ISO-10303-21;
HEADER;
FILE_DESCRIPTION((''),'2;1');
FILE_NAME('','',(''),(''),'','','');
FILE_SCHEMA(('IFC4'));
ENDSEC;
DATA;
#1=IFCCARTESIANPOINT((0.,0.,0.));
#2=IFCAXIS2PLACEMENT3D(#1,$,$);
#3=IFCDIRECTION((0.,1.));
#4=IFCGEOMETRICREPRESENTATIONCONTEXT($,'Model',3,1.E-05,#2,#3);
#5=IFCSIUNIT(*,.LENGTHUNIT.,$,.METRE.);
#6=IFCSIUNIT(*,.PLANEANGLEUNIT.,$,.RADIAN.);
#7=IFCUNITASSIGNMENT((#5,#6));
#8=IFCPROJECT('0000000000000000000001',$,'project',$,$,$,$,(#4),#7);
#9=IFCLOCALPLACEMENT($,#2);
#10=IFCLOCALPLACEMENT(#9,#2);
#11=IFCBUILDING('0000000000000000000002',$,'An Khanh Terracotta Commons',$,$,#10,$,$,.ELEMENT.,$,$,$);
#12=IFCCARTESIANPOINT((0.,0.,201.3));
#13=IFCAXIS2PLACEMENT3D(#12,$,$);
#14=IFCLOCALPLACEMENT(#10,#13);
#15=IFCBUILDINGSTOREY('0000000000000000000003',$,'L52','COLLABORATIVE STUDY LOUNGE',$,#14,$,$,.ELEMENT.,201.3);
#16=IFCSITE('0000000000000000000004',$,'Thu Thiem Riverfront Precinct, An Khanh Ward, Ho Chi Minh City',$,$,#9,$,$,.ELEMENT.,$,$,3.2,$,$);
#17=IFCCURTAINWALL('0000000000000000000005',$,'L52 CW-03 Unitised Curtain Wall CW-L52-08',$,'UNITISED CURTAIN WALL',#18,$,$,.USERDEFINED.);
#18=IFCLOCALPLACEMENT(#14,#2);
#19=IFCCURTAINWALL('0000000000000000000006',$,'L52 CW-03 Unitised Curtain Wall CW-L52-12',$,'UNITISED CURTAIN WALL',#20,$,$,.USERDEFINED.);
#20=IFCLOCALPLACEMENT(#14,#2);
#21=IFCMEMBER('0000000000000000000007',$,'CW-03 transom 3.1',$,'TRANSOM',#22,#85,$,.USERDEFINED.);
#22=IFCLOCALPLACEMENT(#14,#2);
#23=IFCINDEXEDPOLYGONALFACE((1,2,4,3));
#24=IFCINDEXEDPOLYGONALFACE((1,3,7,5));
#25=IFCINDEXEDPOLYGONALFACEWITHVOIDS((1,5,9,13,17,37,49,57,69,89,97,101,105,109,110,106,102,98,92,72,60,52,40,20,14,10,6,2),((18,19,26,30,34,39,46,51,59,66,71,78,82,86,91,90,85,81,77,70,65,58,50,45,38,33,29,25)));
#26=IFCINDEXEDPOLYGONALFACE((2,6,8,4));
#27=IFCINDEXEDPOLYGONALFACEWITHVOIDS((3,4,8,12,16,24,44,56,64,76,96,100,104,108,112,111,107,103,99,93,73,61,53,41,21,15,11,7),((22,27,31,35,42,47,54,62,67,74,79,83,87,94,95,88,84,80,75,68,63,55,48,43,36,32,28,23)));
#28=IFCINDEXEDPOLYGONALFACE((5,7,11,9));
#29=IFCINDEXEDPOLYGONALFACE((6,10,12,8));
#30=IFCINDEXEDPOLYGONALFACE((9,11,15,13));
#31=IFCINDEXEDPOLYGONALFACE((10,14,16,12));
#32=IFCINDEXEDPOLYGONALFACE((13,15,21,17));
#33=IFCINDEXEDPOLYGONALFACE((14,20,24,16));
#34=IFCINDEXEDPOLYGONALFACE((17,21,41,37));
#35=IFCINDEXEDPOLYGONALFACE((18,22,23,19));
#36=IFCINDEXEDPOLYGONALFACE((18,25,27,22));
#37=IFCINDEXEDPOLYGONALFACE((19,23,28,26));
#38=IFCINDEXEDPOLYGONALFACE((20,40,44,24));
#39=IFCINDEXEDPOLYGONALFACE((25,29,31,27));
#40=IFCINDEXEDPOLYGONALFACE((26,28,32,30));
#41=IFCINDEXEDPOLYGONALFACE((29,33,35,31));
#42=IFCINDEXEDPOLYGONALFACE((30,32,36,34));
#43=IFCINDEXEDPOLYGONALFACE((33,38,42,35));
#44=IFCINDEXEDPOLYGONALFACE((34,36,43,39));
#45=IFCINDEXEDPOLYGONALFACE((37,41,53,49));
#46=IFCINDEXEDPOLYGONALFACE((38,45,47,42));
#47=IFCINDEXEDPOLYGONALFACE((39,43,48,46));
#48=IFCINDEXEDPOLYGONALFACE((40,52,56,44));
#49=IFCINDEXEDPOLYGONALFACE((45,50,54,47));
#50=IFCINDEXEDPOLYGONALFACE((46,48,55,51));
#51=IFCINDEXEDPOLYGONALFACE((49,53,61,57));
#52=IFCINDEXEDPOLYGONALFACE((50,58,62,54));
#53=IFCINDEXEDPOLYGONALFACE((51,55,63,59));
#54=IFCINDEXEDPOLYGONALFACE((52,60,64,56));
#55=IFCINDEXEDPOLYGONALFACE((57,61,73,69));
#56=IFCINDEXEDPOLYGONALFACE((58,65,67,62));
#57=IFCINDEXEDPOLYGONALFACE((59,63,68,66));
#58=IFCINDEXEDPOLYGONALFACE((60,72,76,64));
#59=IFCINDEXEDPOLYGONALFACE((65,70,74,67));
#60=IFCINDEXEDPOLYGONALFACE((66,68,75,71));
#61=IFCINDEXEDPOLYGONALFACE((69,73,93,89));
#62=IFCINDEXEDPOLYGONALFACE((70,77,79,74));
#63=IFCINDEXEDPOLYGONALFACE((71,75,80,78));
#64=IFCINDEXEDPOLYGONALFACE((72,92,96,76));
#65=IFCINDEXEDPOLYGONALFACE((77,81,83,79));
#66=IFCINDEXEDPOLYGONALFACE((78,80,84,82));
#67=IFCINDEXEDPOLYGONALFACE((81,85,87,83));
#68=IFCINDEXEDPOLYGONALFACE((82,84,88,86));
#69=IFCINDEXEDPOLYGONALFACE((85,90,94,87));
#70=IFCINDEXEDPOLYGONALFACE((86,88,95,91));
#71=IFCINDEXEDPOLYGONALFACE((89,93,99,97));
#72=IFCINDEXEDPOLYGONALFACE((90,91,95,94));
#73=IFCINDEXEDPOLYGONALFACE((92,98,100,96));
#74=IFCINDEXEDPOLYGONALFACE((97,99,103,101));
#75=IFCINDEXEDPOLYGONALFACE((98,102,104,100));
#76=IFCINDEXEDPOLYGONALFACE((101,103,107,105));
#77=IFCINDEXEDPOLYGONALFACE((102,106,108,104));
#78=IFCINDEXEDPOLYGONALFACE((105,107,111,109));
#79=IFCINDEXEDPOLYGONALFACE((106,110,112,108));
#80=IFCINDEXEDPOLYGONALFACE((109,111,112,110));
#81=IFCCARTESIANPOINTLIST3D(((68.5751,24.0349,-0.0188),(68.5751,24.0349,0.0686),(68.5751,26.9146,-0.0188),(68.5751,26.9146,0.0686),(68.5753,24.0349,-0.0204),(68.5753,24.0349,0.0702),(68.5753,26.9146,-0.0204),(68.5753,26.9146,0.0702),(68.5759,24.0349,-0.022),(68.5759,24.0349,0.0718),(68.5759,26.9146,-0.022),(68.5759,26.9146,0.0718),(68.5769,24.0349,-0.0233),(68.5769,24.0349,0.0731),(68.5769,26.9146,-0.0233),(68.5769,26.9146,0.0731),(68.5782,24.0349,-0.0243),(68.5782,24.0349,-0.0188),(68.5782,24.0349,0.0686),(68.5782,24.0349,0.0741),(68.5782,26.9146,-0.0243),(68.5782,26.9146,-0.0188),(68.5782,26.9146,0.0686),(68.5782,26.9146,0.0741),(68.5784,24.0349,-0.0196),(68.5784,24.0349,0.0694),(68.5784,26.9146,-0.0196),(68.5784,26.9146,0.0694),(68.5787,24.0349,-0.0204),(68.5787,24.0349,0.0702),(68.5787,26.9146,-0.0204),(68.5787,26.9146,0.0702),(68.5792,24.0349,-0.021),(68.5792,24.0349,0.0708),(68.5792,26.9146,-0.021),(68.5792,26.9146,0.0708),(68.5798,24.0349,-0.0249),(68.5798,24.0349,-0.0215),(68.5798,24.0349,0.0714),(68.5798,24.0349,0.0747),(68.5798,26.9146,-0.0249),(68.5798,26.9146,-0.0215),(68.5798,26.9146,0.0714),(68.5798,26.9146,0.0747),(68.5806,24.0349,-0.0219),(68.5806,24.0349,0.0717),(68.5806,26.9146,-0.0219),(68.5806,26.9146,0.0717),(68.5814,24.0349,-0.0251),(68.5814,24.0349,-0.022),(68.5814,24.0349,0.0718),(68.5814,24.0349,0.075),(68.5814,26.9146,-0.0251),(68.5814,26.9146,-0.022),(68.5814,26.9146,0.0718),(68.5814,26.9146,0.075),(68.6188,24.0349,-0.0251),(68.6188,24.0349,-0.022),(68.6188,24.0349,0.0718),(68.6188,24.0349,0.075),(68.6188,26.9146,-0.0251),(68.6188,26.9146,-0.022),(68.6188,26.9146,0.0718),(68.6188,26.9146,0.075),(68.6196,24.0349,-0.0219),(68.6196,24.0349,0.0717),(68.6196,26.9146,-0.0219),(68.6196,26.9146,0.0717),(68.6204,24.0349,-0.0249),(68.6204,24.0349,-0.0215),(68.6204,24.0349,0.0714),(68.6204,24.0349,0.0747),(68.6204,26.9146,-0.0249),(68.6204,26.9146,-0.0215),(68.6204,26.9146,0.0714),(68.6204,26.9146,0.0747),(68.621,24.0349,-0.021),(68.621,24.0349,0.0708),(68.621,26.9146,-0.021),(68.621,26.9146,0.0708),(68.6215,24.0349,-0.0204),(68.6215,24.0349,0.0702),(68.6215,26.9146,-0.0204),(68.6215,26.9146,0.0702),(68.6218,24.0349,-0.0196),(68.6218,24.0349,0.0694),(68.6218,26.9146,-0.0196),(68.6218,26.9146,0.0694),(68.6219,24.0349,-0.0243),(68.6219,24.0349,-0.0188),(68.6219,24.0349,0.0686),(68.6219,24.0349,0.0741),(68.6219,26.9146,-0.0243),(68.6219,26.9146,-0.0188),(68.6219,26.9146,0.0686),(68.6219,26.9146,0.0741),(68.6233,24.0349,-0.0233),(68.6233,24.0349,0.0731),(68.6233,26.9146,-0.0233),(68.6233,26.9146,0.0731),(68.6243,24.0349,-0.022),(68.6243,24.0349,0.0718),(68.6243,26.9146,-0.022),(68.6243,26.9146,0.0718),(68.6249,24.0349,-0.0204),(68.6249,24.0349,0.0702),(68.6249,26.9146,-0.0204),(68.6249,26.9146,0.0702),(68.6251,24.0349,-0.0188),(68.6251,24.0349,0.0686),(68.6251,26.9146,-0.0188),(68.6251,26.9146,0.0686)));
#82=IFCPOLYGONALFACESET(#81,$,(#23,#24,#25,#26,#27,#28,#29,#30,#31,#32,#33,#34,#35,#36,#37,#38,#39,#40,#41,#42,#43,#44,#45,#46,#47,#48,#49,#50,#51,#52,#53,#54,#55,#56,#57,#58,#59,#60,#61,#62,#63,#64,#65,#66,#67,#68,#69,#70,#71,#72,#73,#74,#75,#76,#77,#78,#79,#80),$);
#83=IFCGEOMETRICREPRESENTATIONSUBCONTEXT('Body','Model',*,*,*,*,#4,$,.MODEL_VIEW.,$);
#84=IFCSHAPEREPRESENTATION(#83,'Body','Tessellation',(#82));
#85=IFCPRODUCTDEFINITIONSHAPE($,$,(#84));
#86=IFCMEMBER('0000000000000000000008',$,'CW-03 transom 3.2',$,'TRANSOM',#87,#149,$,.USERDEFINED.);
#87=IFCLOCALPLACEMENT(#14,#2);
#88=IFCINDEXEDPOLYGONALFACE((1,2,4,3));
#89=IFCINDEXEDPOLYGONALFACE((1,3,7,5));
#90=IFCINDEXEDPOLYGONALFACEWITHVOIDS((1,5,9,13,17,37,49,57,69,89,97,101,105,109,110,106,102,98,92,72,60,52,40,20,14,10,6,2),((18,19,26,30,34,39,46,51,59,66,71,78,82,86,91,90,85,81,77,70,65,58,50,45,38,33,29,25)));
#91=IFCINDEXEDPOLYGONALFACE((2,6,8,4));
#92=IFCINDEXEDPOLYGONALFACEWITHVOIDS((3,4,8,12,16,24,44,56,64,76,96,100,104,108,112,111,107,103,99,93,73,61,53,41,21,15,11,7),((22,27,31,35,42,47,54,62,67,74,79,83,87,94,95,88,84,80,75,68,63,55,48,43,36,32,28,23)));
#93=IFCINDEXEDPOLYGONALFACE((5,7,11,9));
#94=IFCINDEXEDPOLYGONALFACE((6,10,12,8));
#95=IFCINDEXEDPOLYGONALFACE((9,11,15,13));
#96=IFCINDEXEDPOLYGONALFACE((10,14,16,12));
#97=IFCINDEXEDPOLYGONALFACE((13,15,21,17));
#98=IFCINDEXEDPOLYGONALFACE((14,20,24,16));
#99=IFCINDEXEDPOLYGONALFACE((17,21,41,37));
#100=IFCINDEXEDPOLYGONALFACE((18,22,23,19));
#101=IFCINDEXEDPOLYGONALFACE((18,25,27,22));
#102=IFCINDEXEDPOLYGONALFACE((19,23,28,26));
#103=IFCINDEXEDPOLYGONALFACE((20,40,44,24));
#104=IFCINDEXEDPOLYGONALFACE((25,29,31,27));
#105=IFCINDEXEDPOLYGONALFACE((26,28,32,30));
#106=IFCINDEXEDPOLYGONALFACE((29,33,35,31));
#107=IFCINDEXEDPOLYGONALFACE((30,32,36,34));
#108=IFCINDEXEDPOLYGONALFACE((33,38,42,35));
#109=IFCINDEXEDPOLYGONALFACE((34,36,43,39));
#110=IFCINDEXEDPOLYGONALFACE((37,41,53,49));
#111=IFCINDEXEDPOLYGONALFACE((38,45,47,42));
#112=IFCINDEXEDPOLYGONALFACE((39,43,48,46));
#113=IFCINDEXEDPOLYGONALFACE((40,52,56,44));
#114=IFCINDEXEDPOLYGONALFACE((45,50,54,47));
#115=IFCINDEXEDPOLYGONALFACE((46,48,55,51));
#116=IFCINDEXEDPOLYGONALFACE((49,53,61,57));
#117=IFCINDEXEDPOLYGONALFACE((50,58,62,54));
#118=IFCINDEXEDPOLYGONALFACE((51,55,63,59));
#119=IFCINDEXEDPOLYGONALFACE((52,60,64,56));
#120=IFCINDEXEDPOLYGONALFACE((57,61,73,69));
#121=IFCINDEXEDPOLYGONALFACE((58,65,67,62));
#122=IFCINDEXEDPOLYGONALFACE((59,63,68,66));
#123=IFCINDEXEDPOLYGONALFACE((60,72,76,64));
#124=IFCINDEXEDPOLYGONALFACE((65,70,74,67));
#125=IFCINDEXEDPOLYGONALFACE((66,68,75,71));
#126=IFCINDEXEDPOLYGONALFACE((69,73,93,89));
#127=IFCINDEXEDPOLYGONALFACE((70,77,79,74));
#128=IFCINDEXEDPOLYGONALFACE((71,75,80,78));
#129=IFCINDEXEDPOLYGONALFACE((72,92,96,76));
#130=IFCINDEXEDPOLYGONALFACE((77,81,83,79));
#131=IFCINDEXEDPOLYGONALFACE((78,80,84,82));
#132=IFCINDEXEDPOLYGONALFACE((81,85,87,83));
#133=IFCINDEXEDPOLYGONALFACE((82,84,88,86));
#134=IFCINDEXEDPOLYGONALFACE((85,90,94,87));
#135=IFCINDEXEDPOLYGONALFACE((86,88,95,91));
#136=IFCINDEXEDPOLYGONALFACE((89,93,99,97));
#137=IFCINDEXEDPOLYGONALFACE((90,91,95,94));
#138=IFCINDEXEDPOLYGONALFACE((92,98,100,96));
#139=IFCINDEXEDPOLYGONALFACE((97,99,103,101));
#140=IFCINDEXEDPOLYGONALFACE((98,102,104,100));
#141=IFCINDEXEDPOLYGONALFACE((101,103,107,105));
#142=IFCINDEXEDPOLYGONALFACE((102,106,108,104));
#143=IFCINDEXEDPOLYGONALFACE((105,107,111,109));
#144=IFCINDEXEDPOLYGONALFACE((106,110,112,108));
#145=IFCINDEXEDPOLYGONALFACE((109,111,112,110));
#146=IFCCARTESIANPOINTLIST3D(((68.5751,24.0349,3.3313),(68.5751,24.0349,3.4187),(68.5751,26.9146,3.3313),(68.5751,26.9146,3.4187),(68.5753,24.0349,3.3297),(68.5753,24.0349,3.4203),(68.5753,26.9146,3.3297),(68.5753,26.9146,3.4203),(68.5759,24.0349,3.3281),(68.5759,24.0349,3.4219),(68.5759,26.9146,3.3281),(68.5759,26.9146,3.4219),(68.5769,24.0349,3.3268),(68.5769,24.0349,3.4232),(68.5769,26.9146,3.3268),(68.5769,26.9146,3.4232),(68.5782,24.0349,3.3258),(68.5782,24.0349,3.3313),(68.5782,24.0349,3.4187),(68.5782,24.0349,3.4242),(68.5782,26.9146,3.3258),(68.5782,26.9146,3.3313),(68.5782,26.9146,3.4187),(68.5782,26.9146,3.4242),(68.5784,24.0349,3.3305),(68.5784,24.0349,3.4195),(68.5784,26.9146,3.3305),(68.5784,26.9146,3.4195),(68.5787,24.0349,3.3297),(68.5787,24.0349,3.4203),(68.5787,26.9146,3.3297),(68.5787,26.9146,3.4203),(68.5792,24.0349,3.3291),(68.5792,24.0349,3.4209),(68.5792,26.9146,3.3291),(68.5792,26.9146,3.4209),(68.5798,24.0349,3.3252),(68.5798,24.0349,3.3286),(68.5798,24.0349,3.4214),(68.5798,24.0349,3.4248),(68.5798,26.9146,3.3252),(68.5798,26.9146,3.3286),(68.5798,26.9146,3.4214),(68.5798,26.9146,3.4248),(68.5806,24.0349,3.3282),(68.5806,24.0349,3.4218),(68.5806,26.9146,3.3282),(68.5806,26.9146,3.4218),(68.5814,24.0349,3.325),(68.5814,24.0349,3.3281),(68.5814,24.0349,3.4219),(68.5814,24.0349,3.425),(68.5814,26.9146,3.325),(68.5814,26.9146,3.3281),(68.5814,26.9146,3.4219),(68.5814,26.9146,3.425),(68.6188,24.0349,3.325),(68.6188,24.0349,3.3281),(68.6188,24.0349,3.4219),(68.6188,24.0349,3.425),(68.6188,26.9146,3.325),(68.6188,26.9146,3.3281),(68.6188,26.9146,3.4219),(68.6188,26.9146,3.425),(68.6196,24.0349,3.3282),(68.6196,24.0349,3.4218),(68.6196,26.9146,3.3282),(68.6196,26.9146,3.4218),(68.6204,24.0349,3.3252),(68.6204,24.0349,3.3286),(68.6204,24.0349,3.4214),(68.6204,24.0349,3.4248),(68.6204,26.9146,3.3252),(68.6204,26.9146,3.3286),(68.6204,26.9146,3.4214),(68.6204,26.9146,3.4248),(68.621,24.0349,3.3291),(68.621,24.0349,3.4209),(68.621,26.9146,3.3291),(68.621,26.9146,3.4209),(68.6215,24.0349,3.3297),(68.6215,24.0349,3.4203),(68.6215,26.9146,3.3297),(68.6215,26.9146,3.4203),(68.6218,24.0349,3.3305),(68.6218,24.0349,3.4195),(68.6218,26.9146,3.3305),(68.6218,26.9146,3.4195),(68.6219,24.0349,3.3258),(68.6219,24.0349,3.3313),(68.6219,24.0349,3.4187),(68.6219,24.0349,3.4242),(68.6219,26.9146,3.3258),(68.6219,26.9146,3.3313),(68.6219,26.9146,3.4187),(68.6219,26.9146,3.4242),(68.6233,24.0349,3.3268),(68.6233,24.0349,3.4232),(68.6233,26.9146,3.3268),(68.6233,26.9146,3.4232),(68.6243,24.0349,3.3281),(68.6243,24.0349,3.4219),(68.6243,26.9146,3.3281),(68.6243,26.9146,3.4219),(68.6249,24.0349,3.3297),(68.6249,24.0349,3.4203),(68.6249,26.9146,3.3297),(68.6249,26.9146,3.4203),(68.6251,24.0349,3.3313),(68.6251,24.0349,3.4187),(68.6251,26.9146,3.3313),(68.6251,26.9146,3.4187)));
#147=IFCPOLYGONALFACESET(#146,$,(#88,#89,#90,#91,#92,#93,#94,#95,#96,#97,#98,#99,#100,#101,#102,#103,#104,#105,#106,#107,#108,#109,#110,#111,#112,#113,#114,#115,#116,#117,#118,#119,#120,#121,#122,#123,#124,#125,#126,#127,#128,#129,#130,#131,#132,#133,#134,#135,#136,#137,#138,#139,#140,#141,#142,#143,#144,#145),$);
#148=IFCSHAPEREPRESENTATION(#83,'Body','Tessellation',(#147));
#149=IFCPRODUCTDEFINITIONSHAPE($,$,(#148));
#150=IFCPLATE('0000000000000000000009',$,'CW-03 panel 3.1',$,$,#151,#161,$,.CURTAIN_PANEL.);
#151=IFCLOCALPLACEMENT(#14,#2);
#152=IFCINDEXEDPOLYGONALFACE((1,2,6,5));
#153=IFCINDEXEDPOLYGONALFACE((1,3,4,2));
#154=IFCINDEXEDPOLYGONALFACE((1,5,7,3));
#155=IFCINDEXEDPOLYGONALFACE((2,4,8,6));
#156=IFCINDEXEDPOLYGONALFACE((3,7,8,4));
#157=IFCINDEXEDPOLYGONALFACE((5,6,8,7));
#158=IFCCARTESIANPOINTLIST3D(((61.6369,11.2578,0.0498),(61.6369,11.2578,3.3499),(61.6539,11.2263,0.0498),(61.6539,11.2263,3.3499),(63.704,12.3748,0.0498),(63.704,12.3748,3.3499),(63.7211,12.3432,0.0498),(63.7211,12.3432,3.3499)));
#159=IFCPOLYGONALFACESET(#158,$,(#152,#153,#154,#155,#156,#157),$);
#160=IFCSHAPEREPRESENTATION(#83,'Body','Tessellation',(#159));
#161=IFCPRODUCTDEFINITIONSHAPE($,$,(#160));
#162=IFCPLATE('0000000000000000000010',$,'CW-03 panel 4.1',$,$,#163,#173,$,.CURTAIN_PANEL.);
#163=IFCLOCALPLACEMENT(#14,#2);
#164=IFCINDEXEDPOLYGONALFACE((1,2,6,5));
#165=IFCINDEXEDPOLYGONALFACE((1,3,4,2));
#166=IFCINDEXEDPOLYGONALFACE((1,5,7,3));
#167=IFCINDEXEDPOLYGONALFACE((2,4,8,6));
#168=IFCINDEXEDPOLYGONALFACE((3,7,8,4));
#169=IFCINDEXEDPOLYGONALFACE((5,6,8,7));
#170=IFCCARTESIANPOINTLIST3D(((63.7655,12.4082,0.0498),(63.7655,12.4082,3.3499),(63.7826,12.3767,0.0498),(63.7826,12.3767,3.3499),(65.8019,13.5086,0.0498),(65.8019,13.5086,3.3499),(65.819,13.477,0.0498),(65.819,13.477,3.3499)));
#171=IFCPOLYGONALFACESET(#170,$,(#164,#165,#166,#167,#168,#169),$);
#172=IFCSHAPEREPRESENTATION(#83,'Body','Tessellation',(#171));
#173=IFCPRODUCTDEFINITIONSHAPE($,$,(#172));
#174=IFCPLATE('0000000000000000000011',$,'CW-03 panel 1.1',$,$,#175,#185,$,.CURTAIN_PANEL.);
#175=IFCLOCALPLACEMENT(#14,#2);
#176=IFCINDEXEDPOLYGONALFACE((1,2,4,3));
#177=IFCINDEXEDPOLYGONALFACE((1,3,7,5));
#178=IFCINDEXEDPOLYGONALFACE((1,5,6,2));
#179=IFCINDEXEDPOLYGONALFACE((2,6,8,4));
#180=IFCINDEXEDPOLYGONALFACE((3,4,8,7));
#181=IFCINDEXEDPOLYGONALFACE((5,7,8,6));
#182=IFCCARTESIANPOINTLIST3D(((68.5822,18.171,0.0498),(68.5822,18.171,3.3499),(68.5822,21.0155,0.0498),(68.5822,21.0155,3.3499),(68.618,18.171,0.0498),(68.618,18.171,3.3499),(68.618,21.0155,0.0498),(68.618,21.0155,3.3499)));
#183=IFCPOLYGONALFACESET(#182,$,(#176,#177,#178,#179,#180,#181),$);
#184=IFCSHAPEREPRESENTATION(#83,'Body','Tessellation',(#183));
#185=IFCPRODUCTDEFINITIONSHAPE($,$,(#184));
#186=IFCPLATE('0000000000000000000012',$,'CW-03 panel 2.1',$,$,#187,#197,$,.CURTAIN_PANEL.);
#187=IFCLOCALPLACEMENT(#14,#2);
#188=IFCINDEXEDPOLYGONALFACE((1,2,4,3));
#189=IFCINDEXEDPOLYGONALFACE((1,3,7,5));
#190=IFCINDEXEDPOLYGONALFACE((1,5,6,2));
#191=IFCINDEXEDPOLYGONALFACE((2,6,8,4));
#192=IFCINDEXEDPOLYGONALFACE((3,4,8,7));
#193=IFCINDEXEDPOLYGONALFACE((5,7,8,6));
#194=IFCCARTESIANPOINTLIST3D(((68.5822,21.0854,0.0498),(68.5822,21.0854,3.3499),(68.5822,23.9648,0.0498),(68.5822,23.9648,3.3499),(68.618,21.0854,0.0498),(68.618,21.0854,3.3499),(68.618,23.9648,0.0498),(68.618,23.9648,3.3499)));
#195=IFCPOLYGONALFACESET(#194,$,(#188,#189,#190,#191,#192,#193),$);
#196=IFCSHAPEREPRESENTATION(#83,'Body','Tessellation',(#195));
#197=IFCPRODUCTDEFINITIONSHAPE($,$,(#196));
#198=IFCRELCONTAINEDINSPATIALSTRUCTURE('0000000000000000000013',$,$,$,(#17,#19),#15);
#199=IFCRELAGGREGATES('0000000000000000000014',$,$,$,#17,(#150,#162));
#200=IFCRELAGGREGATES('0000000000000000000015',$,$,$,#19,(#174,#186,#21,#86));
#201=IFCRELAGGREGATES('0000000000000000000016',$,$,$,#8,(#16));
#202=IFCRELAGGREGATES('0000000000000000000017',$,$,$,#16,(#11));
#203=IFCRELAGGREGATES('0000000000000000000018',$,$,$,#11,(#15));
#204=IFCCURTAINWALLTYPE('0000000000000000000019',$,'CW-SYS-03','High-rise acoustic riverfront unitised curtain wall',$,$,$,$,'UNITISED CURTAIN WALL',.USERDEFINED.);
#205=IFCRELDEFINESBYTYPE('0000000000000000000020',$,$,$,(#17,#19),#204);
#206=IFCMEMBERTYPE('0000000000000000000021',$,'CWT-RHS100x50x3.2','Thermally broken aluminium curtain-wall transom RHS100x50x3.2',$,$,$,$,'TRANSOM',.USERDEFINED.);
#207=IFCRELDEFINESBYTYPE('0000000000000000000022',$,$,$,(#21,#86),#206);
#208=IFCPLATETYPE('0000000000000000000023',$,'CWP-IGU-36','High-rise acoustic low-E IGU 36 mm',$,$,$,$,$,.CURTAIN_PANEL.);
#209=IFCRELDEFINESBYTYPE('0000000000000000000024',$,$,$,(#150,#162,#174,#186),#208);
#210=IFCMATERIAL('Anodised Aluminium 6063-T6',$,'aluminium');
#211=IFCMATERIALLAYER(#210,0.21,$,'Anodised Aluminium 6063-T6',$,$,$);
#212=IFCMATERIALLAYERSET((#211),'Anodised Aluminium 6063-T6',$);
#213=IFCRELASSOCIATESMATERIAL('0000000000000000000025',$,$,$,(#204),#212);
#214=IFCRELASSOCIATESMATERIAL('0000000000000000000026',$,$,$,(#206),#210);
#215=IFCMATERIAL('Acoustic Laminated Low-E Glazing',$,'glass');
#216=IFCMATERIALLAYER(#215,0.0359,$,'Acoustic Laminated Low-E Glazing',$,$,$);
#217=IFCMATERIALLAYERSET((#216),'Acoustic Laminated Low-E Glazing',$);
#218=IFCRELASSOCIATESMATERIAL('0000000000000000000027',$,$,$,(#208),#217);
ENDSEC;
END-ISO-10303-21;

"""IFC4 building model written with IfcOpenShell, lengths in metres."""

from ifc_helpers import new_model, si_unit, direction, frame, origin, origin_2d, place, context, subcontext, project, spatial, rectangle, hollow_rectangle, extrude, material, layer, layer_set, material_profile, profile_set, type_object, element, aggregate, save


model = new_model("IFC4")

# Units and contexts
model_context = context("Model", 3, precision=1e-05, world=origin(), true_north=direction((0.0, 1.0)))
body_context = subcontext(model_context, "Body", "Model", "MODEL_VIEW")
ifc_project = project(units=[si_unit("LENGTHUNIT", "METRE"), si_unit("PLANEANGLEUNIT", "RADIAN")], contexts=[model_context])

# Site, building, storey
site_placement = place(None, origin())
site = spatial("IfcSite", under=ifc_project, at=site_placement, Name="Thu Thiem Riverfront Precinct, An Khanh Ward, Ho Chi Minh City", CompositionType="ELEMENT", RefElevation=3.2)
building_placement = place(site_placement, origin())
building = spatial("IfcBuilding", under=site, at=building_placement, Name="An Khanh Terracotta Commons", CompositionType="ELEMENT")
storey_placement = place(building_placement, frame((0.0, 0.0, 201.3)))
storey = spatial("IfcBuildingStorey", under=building, at=storey_placement, Name="L52", Description="COLLABORATIVE STUDY LOUNGE", CompositionType="ELEMENT", Elevation=201.3)

# Curtain walls
ifc_material_1 = material(Name="Anodised Aluminium 6063-T6", Category="aluminium")
ifc_layer_1 = layer(ifc_material_1, 0.21, Name="Anodised Aluminium 6063-T6")
ifc_layer_set_1 = layer_set([ifc_layer_1], Name="Anodised Aluminium 6063-T6")
curtain_wall_type = type_object("IfcCurtainWallType", Name="CW-SYS-03", Description="High-rise acoustic riverfront unitised curtain wall", ElementType="UNITISED CURTAIN WALL", PredefinedType="USERDEFINED", material=ifc_layer_set_1)
curtain_wall_1_placement = place(storey_placement, origin())
curtain_wall_1 = element("IfcCurtainWall", 1, at=curtain_wall_1_placement, inside=storey, type_object=curtain_wall_type, Name="L52 CW-03 Unitised Curtain Wall CW-L52-08", ObjectType="UNITISED CURTAIN WALL", PredefinedType="USERDEFINED")
curtain_wall_2_placement = place(storey_placement, origin())
curtain_wall_2 = element("IfcCurtainWall", 2, at=curtain_wall_2_placement, inside=storey, type_object=curtain_wall_type, Name="L52 CW-03 Unitised Curtain Wall CW-L52-12", ObjectType="UNITISED CURTAIN WALL", PredefinedType="USERDEFINED")

# Members
ifc_material_profile_1 = material_profile(ifc_material_1, hollow_rectangle(XDim=0.05, YDim=0.1001, WallThickness=0.0032, InnerFilletRadius=0.0032, OuterFilletRadius=0.0063, at=origin_2d()), Name="RHS100x50x3.2")
ifc_profile_set_1 = profile_set([ifc_material_profile_1], Name="Anodised Aluminium 6063-T6")
member_type_1 = type_object("IfcMemberType", Name="CWT-RHS100x50x3.2", Description="Thermally broken aluminium curtain-wall transom RHS100x50x3.2", ElementType="TRANSOM", PredefinedType="USERDEFINED", material=ifc_profile_set_1)
member_1_placement = place(storey_placement, frame((68.6001, 24.0349, 0.0249), z_axis=(0.0, 1.0, 0.0), x_axis=(-1.0, 0.0, 0.0)))
member_1 = element("IfcMember", 3, at=member_1_placement, type_object=member_type_1, Name="CW-03 transom 3.1", ObjectType="TRANSOM", PredefinedType="USERDEFINED", context=body_context, shape_type="SweptSolid", body=[
    extrude(hollow_rectangle(XDim=0.05, YDim=0.1001, WallThickness=0.0032, InnerFilletRadius=0.0032, OuterFilletRadius=0.0063, at=origin_2d()), origin(), (0.0, 0.0, 1.0), 2.8796),
])
member_2_placement = place(storey_placement, frame((68.6001, 24.0349, 3.375), z_axis=(0.0, 1.0, 0.0), x_axis=(-1.0, 0.0, 0.0)))
member_2 = element("IfcMember", 4, at=member_2_placement, type_object=member_type_1, Name="CW-03 transom 3.2", ObjectType="TRANSOM", PredefinedType="USERDEFINED", context=body_context, shape_type="SweptSolid", body=[
    extrude(hollow_rectangle(XDim=0.05, YDim=0.1001, WallThickness=0.0032, InnerFilletRadius=0.0032, OuterFilletRadius=0.0063, at=origin_2d()), origin(), (0.0, 0.0, 1.0), 2.8796),
])

# Plates
ifc_material_2 = material(Name="Acoustic Laminated Low-E Glazing", Category="glass")
ifc_layer_2 = layer(ifc_material_2, 0.0359, Name="Acoustic Laminated Low-E Glazing")
ifc_layer_set_2 = layer_set([ifc_layer_2], Name="Acoustic Laminated Low-E Glazing")
plate_type = type_object("IfcPlateType", Name="CWP-IGU-36", Description="High-rise acoustic low-E IGU 36 mm", PredefinedType="CURTAIN_PANEL", material=ifc_layer_set_2)
plate_1_placement = place(storey_placement, frame((62.679, 11.8005, 0.0498), z_axis=(0.0, 0.0, 1.0), x_axis=(0.87978, 0.475381, 0.0)))
plate_1 = element("IfcPlate", 5, at=plate_1_placement, type_object=plate_type, Name="CW-03 panel 3.1", PredefinedType="CURTAIN_PANEL", context=body_context, shape_type="SweptSolid", body=[
    extrude(rectangle(XDim=2.3496, YDim=0.0359, at=origin_2d()), origin(), (0.0, 0.0, 1.0), 3.3),
])
plate_2_placement = place(storey_placement, frame((64.7922, 12.9426, 0.0498), z_axis=(0.0, 0.0, 1.0), x_axis=(0.87978, 0.475381, 0.0)))
plate_2 = element("IfcPlate", 6, at=plate_2_placement, type_object=plate_type, Name="CW-03 panel 4.1", PredefinedType="CURTAIN_PANEL", context=body_context, shape_type="SweptSolid", body=[
    extrude(rectangle(XDim=2.3147, YDim=0.0359, at=origin_2d()), origin(), (0.0, 0.0, 1.0), 3.3),
])
aggregate(curtain_wall_1, [plate_1, plate_2])
plate_3_placement = place(storey_placement, frame((68.6001, 19.5933, 0.0498), z_axis=(0.0, 0.0, 1.0), x_axis=(0.0, 1.0, 0.0)))
plate_3 = element("IfcPlate", 7, at=plate_3_placement, type_object=plate_type, Name="CW-03 panel 1.1", PredefinedType="CURTAIN_PANEL", context=body_context, shape_type="SweptSolid", body=[
    extrude(rectangle(XDim=2.8445, YDim=0.0359, at=origin_2d()), origin(), (0.0, 0.0, 1.0), 3.3),
])
plate_4_placement = place(storey_placement, frame((68.6001, 22.5251, 0.0498), z_axis=(0.0, 0.0, 1.0), x_axis=(0.0, 1.0, 0.0)))
plate_4 = element("IfcPlate", 8, at=plate_4_placement, type_object=plate_type, Name="CW-03 panel 2.1", PredefinedType="CURTAIN_PANEL", context=body_context, shape_type="SweptSolid", body=[
    extrude(rectangle(XDim=2.8794, YDim=0.0359, at=origin_2d()), origin(), (0.0, 0.0, 1.0), 3.3),
])
aggregate(curtain_wall_2, [plate_3, plate_4, member_1, member_2])

save(model, "model.ifc")
